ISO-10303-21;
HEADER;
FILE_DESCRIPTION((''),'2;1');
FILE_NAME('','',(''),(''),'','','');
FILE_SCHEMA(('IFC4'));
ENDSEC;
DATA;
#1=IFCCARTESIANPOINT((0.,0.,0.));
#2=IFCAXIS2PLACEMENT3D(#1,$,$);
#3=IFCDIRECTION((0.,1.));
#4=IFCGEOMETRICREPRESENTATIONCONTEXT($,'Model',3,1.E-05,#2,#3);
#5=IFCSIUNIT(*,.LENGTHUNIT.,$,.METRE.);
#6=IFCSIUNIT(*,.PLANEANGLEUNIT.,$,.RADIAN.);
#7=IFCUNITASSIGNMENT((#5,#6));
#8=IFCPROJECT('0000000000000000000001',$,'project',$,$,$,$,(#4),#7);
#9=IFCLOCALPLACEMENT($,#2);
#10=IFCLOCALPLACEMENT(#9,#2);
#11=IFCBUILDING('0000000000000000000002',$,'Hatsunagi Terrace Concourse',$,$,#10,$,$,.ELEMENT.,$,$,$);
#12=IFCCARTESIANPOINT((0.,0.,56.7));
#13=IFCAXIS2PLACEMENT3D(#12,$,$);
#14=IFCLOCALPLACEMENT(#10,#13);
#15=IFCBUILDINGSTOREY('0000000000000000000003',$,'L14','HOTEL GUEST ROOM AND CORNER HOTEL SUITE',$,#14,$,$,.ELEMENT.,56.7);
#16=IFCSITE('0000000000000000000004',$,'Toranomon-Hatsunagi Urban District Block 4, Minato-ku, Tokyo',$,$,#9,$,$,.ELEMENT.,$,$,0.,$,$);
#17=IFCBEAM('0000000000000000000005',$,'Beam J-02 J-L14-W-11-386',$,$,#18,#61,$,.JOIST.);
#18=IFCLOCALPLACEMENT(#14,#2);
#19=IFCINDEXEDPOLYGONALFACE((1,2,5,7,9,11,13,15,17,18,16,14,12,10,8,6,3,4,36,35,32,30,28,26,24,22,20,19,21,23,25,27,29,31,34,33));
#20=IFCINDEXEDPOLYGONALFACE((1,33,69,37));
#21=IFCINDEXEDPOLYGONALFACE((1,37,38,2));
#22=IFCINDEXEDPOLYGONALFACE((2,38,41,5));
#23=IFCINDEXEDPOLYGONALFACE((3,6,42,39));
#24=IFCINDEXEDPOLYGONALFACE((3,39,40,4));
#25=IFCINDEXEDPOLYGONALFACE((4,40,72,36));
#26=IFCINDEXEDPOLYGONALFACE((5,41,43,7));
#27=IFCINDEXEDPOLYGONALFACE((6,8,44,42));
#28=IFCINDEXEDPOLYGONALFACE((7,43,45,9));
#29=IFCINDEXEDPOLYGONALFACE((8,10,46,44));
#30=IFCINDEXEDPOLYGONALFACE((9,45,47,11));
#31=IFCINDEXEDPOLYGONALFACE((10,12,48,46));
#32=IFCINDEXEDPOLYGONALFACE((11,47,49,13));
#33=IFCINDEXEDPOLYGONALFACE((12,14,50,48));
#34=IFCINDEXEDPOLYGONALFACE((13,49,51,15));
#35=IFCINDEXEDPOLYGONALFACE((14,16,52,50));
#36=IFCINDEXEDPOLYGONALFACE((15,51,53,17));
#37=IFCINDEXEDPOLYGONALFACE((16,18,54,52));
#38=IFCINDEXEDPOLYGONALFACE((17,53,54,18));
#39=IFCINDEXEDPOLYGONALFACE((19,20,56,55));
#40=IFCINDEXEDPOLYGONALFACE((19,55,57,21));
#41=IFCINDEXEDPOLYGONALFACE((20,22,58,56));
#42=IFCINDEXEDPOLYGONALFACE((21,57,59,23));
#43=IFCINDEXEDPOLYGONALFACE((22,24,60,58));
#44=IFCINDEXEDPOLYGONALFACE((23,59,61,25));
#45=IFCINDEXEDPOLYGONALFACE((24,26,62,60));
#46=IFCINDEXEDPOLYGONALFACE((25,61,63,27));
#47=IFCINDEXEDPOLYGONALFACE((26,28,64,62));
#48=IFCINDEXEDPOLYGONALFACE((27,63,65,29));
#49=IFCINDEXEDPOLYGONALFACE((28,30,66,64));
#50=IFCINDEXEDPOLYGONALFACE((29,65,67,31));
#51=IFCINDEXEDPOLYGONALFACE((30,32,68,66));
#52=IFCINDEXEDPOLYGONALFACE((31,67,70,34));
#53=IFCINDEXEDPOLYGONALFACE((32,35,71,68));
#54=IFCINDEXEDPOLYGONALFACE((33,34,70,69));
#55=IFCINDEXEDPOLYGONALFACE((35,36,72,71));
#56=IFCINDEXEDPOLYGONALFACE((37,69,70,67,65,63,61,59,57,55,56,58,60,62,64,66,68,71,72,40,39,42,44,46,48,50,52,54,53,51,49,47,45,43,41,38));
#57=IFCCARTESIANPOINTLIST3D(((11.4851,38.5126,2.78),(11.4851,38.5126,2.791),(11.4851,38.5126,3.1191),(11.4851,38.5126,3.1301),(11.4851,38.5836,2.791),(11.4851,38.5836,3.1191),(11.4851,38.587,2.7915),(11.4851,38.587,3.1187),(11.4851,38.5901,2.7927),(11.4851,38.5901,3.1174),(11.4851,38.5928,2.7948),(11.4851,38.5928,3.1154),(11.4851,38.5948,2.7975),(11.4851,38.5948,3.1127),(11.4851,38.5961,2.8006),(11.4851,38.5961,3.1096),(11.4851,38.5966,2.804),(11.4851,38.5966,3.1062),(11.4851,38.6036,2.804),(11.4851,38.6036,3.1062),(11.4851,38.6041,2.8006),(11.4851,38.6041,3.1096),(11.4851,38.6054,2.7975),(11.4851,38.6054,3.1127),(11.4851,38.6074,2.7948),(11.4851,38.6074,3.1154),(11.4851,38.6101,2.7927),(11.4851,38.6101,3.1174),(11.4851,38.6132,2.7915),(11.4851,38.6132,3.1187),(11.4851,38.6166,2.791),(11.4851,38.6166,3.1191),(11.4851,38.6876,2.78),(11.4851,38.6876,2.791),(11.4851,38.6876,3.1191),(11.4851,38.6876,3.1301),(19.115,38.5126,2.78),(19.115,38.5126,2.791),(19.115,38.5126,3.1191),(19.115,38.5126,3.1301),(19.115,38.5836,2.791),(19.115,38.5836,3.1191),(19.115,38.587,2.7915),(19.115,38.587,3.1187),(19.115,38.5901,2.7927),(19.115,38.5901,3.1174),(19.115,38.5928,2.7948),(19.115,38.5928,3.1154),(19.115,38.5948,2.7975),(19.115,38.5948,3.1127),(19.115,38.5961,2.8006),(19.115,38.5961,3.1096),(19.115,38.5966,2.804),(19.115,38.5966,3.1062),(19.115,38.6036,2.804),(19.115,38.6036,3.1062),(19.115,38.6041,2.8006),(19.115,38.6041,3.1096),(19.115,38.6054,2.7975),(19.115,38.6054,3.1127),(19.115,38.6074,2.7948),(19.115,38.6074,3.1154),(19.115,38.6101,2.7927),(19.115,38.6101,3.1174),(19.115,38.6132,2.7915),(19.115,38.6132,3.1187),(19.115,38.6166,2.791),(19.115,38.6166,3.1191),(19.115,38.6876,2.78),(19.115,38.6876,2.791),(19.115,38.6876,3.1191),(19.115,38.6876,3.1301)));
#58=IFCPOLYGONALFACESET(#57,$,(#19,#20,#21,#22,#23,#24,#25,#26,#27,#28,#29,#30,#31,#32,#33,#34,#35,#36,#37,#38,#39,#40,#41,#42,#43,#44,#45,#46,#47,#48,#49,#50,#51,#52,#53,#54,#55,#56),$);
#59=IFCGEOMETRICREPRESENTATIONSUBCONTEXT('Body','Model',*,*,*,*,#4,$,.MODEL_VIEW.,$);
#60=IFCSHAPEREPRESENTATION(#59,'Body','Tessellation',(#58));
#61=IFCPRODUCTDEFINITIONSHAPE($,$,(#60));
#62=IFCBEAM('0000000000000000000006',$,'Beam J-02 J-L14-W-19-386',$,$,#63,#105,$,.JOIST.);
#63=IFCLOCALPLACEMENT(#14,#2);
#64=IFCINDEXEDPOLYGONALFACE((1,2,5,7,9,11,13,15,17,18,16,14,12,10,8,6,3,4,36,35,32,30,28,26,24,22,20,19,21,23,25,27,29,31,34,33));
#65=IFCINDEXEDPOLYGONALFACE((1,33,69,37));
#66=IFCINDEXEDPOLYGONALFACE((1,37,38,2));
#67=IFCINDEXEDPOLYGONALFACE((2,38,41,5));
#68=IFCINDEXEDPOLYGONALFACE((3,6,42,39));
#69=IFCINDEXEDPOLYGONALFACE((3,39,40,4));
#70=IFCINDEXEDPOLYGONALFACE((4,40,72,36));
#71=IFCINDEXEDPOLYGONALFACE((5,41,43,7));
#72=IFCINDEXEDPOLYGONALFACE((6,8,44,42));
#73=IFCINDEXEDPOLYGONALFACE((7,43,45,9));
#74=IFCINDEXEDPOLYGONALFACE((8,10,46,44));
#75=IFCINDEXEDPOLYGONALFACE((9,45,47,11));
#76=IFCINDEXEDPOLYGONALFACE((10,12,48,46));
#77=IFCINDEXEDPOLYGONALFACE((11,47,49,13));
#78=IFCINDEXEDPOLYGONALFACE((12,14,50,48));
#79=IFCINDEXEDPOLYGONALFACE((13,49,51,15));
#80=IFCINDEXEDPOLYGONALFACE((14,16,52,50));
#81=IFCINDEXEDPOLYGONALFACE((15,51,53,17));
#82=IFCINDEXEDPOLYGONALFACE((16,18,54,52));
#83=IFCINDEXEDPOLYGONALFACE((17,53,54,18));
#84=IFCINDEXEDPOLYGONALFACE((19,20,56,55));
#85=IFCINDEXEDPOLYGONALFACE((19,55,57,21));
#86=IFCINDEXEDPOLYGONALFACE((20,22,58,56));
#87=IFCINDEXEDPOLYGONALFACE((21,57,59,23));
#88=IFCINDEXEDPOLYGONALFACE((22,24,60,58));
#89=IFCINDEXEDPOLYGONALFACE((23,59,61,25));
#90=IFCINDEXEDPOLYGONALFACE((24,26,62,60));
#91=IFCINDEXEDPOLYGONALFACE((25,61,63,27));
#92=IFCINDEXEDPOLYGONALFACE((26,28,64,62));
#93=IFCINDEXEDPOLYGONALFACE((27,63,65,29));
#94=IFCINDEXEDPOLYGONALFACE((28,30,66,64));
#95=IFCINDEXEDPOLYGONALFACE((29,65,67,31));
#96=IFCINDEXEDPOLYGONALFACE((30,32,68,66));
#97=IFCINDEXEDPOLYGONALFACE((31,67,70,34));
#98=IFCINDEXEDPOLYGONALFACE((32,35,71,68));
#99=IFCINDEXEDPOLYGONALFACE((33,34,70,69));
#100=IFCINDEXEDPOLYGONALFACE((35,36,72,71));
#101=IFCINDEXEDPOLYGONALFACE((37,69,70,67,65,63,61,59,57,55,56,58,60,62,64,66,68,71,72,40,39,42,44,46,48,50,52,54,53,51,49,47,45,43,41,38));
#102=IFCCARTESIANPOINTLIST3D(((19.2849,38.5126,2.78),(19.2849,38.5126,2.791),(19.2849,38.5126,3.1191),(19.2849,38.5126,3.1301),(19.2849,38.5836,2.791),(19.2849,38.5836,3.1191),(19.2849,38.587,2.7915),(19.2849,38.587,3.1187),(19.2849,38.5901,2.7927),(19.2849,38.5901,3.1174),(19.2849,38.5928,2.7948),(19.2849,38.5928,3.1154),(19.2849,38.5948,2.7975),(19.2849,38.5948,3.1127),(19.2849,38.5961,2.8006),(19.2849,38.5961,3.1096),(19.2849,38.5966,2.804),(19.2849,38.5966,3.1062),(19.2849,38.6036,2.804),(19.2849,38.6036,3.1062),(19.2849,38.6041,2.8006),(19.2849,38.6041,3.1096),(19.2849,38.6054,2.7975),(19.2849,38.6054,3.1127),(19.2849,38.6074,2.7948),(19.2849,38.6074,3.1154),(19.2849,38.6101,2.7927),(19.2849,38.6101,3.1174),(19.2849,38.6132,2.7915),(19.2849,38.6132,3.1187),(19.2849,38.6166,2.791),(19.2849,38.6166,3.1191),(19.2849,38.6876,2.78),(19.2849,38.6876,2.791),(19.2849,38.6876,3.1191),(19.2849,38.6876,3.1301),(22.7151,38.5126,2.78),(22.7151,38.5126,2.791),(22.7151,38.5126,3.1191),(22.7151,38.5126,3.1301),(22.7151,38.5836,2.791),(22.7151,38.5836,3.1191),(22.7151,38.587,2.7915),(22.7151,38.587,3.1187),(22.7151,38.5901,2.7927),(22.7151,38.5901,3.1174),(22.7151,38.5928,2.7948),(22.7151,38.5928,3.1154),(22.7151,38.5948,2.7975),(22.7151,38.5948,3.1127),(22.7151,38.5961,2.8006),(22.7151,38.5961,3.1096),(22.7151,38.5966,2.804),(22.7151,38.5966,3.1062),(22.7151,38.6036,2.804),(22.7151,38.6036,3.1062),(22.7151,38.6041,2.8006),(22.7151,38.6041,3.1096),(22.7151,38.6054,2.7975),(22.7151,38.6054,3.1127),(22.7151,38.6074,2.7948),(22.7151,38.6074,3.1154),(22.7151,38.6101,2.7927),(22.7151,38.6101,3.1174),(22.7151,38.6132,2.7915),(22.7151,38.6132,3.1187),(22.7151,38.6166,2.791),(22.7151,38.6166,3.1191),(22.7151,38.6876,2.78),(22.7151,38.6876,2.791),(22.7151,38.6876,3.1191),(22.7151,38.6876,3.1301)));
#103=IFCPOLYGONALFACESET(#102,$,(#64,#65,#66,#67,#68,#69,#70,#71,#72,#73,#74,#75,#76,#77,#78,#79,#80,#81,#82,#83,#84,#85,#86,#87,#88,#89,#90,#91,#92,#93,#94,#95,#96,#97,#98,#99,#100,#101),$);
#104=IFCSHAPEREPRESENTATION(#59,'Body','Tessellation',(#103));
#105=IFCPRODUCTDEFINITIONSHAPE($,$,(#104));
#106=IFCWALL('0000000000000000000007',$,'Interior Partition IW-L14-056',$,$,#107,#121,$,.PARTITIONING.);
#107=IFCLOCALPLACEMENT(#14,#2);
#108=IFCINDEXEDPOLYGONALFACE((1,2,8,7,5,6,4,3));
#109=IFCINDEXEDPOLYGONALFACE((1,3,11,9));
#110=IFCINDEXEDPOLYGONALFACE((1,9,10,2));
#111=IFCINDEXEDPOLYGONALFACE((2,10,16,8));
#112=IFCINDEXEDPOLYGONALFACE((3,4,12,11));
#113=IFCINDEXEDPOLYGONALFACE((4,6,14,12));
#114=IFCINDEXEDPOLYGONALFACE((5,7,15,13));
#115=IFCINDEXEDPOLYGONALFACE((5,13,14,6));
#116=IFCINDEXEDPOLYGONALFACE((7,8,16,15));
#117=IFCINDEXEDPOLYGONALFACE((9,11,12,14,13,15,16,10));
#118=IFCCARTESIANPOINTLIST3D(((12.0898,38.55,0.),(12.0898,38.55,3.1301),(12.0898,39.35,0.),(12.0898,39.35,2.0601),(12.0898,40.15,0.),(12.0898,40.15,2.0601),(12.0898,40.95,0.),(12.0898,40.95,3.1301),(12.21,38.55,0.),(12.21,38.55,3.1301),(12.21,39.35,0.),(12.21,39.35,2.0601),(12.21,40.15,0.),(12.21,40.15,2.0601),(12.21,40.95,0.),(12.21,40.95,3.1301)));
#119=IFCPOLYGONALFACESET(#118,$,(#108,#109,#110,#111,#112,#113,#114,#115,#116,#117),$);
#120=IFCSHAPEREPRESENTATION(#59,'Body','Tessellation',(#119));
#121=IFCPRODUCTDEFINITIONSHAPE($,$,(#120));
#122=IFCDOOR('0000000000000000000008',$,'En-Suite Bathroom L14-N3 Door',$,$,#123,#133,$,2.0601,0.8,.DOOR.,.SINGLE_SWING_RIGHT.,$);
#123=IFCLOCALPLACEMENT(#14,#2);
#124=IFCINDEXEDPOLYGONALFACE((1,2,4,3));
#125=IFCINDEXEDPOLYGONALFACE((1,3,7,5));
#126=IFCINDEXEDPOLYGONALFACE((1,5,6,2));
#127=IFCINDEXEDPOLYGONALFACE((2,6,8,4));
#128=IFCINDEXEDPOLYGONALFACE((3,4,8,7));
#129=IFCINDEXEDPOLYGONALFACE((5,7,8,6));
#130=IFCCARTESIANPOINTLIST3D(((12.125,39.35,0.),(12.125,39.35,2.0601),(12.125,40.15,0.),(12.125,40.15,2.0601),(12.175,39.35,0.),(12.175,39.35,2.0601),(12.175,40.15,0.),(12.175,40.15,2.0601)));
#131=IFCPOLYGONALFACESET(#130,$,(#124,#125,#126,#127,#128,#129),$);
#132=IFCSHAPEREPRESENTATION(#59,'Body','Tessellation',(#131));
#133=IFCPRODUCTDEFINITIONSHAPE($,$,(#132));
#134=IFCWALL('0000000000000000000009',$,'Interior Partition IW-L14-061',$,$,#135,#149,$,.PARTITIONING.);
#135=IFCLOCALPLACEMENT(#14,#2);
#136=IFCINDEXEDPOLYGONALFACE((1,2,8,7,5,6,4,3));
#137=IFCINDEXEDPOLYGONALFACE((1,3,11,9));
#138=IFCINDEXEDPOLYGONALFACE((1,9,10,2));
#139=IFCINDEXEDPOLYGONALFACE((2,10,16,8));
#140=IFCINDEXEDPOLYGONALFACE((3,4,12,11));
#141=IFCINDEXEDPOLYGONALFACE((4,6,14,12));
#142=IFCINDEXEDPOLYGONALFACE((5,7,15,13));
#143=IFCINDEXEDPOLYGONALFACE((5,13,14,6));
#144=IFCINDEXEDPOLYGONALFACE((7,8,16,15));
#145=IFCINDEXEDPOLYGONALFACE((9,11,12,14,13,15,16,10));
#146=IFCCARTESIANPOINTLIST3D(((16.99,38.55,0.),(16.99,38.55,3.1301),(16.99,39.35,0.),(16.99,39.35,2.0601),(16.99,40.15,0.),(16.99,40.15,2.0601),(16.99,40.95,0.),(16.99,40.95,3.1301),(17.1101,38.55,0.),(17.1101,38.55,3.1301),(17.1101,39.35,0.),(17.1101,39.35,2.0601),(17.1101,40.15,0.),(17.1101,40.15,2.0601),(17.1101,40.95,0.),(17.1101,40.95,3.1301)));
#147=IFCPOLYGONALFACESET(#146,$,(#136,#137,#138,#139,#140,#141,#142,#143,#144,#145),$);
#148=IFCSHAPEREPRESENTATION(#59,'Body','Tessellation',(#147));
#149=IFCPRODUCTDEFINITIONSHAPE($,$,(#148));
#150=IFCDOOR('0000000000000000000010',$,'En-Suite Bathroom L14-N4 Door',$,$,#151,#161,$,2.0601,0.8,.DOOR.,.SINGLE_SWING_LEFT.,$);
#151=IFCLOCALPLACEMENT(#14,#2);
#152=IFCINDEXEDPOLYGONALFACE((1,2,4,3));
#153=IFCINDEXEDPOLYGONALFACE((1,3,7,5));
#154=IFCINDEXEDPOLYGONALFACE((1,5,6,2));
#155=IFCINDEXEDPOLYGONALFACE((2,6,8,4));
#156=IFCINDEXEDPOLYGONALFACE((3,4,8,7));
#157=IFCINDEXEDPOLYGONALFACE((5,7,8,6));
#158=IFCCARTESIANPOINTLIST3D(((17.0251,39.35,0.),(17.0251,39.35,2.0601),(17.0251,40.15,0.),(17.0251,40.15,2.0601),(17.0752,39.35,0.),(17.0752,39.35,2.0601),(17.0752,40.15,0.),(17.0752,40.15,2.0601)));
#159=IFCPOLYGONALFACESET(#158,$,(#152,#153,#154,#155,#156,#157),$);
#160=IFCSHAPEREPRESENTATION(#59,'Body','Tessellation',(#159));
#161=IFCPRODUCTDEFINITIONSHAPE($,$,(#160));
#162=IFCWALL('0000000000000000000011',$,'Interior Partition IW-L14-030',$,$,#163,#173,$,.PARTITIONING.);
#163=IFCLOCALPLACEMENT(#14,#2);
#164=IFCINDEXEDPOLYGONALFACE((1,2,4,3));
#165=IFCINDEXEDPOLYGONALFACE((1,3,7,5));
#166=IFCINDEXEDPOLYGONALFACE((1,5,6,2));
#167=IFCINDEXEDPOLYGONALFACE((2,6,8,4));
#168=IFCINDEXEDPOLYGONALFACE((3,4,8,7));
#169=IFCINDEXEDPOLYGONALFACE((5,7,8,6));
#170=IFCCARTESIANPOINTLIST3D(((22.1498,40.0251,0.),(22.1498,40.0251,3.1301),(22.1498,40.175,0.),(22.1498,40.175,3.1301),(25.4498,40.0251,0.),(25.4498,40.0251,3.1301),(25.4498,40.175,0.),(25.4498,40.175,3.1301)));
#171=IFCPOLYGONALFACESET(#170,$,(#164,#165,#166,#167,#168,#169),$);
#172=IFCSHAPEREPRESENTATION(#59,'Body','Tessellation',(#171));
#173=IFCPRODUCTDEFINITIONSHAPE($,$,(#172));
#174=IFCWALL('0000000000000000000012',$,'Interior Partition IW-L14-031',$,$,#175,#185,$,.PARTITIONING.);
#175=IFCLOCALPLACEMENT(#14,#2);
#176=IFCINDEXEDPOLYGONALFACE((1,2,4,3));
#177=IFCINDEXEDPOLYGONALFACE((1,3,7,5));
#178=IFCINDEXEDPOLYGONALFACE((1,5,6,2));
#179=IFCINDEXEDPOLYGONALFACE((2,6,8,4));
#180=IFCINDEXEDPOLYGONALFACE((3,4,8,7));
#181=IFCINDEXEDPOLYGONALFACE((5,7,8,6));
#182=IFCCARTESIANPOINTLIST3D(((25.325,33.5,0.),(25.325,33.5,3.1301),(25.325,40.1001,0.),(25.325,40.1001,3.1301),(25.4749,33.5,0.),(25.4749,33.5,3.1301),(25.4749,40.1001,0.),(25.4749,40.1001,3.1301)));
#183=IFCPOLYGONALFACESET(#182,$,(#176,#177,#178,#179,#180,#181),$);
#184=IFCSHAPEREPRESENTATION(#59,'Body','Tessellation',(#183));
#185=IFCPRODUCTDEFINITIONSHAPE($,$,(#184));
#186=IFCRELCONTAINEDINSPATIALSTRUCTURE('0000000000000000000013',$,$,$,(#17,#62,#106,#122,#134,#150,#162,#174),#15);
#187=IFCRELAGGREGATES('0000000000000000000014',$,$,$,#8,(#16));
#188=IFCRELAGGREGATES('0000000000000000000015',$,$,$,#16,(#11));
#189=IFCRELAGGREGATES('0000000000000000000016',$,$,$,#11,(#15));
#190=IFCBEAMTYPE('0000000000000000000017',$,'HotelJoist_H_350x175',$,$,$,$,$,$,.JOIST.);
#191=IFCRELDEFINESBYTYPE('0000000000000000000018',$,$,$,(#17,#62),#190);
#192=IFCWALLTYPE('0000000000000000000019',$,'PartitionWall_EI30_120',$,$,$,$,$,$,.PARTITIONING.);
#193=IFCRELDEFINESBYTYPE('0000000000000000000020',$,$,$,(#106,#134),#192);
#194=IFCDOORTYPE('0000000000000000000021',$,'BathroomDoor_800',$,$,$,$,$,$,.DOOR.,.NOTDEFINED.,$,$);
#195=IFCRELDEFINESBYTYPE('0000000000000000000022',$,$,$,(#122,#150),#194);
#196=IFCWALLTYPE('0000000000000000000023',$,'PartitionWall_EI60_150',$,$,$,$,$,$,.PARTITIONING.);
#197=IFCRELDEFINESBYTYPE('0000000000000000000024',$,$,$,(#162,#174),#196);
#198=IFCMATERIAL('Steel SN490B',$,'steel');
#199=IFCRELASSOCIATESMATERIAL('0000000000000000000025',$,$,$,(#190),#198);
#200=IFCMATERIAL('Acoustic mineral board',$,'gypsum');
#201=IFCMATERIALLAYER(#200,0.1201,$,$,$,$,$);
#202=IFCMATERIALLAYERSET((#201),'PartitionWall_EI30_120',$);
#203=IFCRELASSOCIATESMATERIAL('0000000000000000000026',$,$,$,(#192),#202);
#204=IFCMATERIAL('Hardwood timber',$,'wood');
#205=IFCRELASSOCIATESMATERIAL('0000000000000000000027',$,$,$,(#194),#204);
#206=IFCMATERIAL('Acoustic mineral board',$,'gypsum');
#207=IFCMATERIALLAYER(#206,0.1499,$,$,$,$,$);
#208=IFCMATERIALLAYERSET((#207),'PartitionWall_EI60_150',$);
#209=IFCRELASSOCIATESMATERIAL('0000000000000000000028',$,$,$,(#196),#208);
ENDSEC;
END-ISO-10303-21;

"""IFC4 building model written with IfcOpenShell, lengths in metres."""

from ifc_helpers import new_model, si_unit, direction, frame, frame_2d, origin, origin_2d, place, context, subcontext, project, spatial, rectangle, i_section, extrude, material, layer, layer_set, material_profile, profile_set, type_object, element, fill, save


model = new_model("IFC4")

# Units and contexts
model_context = context("Model", 3, precision=1e-05, world=origin(), true_north=direction((0.0, 1.0)))
body_context = subcontext(model_context, "Body", "Model", "MODEL_VIEW")
ifc_project = project(units=[si_unit("LENGTHUNIT", "METRE"), si_unit("PLANEANGLEUNIT", "RADIAN")], contexts=[model_context])

# Site, building, storey
site_placement = place(None, origin())
site = spatial("IfcSite", under=ifc_project, at=site_placement, Name="Toranomon-Hatsunagi Urban District Block 4, Minato-ku, Tokyo", CompositionType="ELEMENT", RefElevation=0.0)
building_placement = place(site_placement, origin())
building = spatial("IfcBuilding", under=site, at=building_placement, Name="Hatsunagi Terrace Concourse", CompositionType="ELEMENT")
storey_placement = place(building_placement, frame((0.0, 0.0, 56.7)))
storey = spatial("IfcBuildingStorey", under=building, at=storey_placement, Name="L14", Description="HOTEL GUEST ROOM AND CORNER HOTEL SUITE", CompositionType="ELEMENT", Elevation=56.7)

# Beams
ifc_material_1 = material(Name="Steel SN490B", Category="steel")
ifc_material_profile_1 = material_profile(ifc_material_1, i_section(OverallWidth=0.175, OverallDepth=0.3501, WebThickness=0.0071, FlangeThickness=0.011, FilletRadius=0.0129, at=origin_2d()), Name="H-350x175x7x11")
ifc_profile_set_1 = profile_set([ifc_material_profile_1], Name="Steel SN490B")
beam_type_1 = type_object("IfcBeamType", Name="HotelJoist_H_350x175", PredefinedType="JOIST", material=ifc_profile_set_1)
beam_1_placement = place(storey_placement, frame((11.4851, 38.6001, 2.9551), z_axis=(1.0, 0.0, 0.0), x_axis=(0.0, 1.0, 0.0)))
element("IfcBeam", 1, at=beam_1_placement, inside=storey, type_object=beam_type_1, Name="Beam J-02 J-L14-W-11-386", PredefinedType="JOIST", context=body_context, shape_type="SweptSolid", body=[
    extrude(i_section(OverallWidth=0.175, OverallDepth=0.3501, WebThickness=0.0071, FlangeThickness=0.011, FilletRadius=0.0129, at=origin_2d()), origin(), (0.0, 0.0, 1.0), 7.6299),
])
beam_2_placement = place(storey_placement, frame((19.2849, 38.6001, 2.9551), z_axis=(1.0, 0.0, 0.0), x_axis=(0.0, 1.0, 0.0)))
element("IfcBeam", 2, at=beam_2_placement, inside=storey, type_object=beam_type_1, Name="Beam J-02 J-L14-W-19-386", PredefinedType="JOIST", context=body_context, shape_type="SweptSolid", body=[
    extrude(i_section(OverallWidth=0.175, OverallDepth=0.3501, WebThickness=0.0071, FlangeThickness=0.011, FilletRadius=0.0129, at=origin_2d()), origin(), (0.0, 0.0, 1.0), 3.4302),
])

# Walls, openings, doors
ifc_material_2 = material(Name="Acoustic mineral board", Category="gypsum")
ifc_layer_1 = layer(ifc_material_2, 0.1201)
ifc_layer_set_1 = layer_set([ifc_layer_1], Name="PartitionWall_EI30_120")
wall_type_1 = type_object("IfcWallType", Name="PartitionWall_EI30_120", PredefinedType="PARTITIONING", material=ifc_layer_set_1)
wall_1_placement = place(storey_placement, frame((12.1499, 38.55, 0.0), z_axis=(0.0, 0.0, 1.0), x_axis=(0.0, 1.0, 0.0)))
wall_1 = element("IfcWall", 3, at=wall_1_placement, inside=storey, type_object=wall_type_1, Name="Interior Partition IW-L14-056", PredefinedType="PARTITIONING", context=body_context, shape_type="SweptSolid", body=[
    extrude(rectangle(XDim=2.3999, YDim=0.1201, at=frame_2d((1.2, 0.0))), origin(), (0.0, 0.0, 1.0), 3.1301),
])
opening_1_placement = place(wall_1_placement, frame((0.8, 0.0, 0.0)))
opening_1 = element("IfcOpeningElement", 4, at=opening_1_placement, cuts=wall_1, PredefinedType="OPENING", context=body_context, shape_type="SweptSolid", body=[
    extrude(rectangle(XDim=0.8, YDim=2.0601, at=frame_2d((0.3999, 1.03))), frame((0.0, 0.0701, 0.0), z_axis=(0.0, -1.0, 0.0), x_axis=(1.0, 0.0, 0.0)), (0.0, 0.0, 1.0), 0.1401),
])
ifc_material_3 = material(Name="Hardwood timber", Category="wood")
door_type_1 = type_object("IfcDoorType", Name="BathroomDoor_800", OperationType="NOTDEFINED", PredefinedType="DOOR", material=ifc_material_3)
door_1_placement = place(opening_1_placement, origin())
door_1 = element("IfcDoor", 5, at=door_1_placement, inside=storey, type_object=door_type_1, Name="En-Suite Bathroom L14-N3 Door", OperationType="SINGLE_SWING_RIGHT", OverallHeight=2.0601, OverallWidth=0.8, PredefinedType="DOOR", context=body_context, shape_type="SweptSolid", body=[
    extrude(rectangle(XDim=0.8, YDim=2.0601, at=frame_2d((0.3999, 1.03))), frame((0.0, 0.0249, 0.0), z_axis=(0.0, -1.0, 0.0), x_axis=(1.0, 0.0, 0.0)), (0.0, 0.0, 1.0), 0.05),
])
fill(opening_1, door_1)
wall_2_placement = place(storey_placement, frame((17.05, 38.55, 0.0), z_axis=(0.0, 0.0, 1.0), x_axis=(0.0, 1.0, 0.0)))
wall_2 = element("IfcWall", 6, at=wall_2_placement, inside=storey, type_object=wall_type_1, Name="Interior Partition IW-L14-061", PredefinedType="PARTITIONING", context=body_context, shape_type="SweptSolid", body=[
    extrude(rectangle(XDim=2.3999, YDim=0.1201, at=frame_2d((1.2, 0.0))), origin(), (0.0, 0.0, 1.0), 3.1301),
])
opening_2_placement = place(wall_2_placement, frame((0.8, 0.0, 0.0)))
opening_2 = element("IfcOpeningElement", 7, at=opening_2_placement, cuts=wall_2, PredefinedType="OPENING", context=body_context, shape_type="SweptSolid", body=[
    extrude(rectangle(XDim=0.8, YDim=2.0601, at=frame_2d((0.3999, 1.03))), frame((0.0, 0.0701, 0.0), z_axis=(0.0, -1.0, 0.0), x_axis=(1.0, 0.0, 0.0)), (0.0, 0.0, 1.0), 0.1401),
])
door_2_placement = place(opening_2_placement, origin())
door_2 = element("IfcDoor", 8, at=door_2_placement, inside=storey, type_object=door_type_1, Name="En-Suite Bathroom L14-N4 Door", OperationType="SINGLE_SWING_LEFT", OverallHeight=2.0601, OverallWidth=0.8, PredefinedType="DOOR", context=body_context, shape_type="SweptSolid", body=[
    extrude(rectangle(XDim=0.8, YDim=2.0601, at=frame_2d((0.3999, 1.03))), frame((0.0, 0.0249, 0.0), z_axis=(0.0, -1.0, 0.0), x_axis=(1.0, 0.0, 0.0)), (0.0, 0.0, 1.0), 0.05),
])
fill(opening_2, door_2)

# Walls
ifc_material_4 = material(Name="Acoustic mineral board", Category="gypsum")
ifc_layer_2 = layer(ifc_material_4, 0.1499)
ifc_layer_set_2 = layer_set([ifc_layer_2], Name="PartitionWall_EI60_150")
wall_type_2 = type_object("IfcWallType", Name="PartitionWall_EI60_150", PredefinedType="PARTITIONING", material=ifc_layer_set_2)
wall_3_placement = place(storey_placement, frame((22.1499, 40.1001, 0.0), z_axis=(0.0, 0.0, 1.0), x_axis=(1.0, 0.0, 0.0)))
element("IfcWall", 9, at=wall_3_placement, inside=storey, type_object=wall_type_2, Name="Interior Partition IW-L14-030", PredefinedType="PARTITIONING", context=body_context, shape_type="SweptSolid", body=[
    extrude(rectangle(XDim=3.3, YDim=0.1499, at=frame_2d((1.6499, 0.0))), origin(), (0.0, 0.0, 1.0), 3.1301),
])
wall_4_placement = place(storey_placement, frame((25.3999, 33.5, 0.0), z_axis=(0.0, 0.0, 1.0), x_axis=(0.0, 1.0, 0.0)))
element("IfcWall", 10, at=wall_4_placement, inside=storey, type_object=wall_type_2, Name="Interior Partition IW-L14-031", PredefinedType="PARTITIONING", context=body_context, shape_type="SweptSolid", body=[
    extrude(rectangle(XDim=6.6001, YDim=0.1499, at=frame_2d((3.3, 0.0))), origin(), (0.0, 0.0, 1.0), 3.1301),
])

save(model, "model.ifc")
